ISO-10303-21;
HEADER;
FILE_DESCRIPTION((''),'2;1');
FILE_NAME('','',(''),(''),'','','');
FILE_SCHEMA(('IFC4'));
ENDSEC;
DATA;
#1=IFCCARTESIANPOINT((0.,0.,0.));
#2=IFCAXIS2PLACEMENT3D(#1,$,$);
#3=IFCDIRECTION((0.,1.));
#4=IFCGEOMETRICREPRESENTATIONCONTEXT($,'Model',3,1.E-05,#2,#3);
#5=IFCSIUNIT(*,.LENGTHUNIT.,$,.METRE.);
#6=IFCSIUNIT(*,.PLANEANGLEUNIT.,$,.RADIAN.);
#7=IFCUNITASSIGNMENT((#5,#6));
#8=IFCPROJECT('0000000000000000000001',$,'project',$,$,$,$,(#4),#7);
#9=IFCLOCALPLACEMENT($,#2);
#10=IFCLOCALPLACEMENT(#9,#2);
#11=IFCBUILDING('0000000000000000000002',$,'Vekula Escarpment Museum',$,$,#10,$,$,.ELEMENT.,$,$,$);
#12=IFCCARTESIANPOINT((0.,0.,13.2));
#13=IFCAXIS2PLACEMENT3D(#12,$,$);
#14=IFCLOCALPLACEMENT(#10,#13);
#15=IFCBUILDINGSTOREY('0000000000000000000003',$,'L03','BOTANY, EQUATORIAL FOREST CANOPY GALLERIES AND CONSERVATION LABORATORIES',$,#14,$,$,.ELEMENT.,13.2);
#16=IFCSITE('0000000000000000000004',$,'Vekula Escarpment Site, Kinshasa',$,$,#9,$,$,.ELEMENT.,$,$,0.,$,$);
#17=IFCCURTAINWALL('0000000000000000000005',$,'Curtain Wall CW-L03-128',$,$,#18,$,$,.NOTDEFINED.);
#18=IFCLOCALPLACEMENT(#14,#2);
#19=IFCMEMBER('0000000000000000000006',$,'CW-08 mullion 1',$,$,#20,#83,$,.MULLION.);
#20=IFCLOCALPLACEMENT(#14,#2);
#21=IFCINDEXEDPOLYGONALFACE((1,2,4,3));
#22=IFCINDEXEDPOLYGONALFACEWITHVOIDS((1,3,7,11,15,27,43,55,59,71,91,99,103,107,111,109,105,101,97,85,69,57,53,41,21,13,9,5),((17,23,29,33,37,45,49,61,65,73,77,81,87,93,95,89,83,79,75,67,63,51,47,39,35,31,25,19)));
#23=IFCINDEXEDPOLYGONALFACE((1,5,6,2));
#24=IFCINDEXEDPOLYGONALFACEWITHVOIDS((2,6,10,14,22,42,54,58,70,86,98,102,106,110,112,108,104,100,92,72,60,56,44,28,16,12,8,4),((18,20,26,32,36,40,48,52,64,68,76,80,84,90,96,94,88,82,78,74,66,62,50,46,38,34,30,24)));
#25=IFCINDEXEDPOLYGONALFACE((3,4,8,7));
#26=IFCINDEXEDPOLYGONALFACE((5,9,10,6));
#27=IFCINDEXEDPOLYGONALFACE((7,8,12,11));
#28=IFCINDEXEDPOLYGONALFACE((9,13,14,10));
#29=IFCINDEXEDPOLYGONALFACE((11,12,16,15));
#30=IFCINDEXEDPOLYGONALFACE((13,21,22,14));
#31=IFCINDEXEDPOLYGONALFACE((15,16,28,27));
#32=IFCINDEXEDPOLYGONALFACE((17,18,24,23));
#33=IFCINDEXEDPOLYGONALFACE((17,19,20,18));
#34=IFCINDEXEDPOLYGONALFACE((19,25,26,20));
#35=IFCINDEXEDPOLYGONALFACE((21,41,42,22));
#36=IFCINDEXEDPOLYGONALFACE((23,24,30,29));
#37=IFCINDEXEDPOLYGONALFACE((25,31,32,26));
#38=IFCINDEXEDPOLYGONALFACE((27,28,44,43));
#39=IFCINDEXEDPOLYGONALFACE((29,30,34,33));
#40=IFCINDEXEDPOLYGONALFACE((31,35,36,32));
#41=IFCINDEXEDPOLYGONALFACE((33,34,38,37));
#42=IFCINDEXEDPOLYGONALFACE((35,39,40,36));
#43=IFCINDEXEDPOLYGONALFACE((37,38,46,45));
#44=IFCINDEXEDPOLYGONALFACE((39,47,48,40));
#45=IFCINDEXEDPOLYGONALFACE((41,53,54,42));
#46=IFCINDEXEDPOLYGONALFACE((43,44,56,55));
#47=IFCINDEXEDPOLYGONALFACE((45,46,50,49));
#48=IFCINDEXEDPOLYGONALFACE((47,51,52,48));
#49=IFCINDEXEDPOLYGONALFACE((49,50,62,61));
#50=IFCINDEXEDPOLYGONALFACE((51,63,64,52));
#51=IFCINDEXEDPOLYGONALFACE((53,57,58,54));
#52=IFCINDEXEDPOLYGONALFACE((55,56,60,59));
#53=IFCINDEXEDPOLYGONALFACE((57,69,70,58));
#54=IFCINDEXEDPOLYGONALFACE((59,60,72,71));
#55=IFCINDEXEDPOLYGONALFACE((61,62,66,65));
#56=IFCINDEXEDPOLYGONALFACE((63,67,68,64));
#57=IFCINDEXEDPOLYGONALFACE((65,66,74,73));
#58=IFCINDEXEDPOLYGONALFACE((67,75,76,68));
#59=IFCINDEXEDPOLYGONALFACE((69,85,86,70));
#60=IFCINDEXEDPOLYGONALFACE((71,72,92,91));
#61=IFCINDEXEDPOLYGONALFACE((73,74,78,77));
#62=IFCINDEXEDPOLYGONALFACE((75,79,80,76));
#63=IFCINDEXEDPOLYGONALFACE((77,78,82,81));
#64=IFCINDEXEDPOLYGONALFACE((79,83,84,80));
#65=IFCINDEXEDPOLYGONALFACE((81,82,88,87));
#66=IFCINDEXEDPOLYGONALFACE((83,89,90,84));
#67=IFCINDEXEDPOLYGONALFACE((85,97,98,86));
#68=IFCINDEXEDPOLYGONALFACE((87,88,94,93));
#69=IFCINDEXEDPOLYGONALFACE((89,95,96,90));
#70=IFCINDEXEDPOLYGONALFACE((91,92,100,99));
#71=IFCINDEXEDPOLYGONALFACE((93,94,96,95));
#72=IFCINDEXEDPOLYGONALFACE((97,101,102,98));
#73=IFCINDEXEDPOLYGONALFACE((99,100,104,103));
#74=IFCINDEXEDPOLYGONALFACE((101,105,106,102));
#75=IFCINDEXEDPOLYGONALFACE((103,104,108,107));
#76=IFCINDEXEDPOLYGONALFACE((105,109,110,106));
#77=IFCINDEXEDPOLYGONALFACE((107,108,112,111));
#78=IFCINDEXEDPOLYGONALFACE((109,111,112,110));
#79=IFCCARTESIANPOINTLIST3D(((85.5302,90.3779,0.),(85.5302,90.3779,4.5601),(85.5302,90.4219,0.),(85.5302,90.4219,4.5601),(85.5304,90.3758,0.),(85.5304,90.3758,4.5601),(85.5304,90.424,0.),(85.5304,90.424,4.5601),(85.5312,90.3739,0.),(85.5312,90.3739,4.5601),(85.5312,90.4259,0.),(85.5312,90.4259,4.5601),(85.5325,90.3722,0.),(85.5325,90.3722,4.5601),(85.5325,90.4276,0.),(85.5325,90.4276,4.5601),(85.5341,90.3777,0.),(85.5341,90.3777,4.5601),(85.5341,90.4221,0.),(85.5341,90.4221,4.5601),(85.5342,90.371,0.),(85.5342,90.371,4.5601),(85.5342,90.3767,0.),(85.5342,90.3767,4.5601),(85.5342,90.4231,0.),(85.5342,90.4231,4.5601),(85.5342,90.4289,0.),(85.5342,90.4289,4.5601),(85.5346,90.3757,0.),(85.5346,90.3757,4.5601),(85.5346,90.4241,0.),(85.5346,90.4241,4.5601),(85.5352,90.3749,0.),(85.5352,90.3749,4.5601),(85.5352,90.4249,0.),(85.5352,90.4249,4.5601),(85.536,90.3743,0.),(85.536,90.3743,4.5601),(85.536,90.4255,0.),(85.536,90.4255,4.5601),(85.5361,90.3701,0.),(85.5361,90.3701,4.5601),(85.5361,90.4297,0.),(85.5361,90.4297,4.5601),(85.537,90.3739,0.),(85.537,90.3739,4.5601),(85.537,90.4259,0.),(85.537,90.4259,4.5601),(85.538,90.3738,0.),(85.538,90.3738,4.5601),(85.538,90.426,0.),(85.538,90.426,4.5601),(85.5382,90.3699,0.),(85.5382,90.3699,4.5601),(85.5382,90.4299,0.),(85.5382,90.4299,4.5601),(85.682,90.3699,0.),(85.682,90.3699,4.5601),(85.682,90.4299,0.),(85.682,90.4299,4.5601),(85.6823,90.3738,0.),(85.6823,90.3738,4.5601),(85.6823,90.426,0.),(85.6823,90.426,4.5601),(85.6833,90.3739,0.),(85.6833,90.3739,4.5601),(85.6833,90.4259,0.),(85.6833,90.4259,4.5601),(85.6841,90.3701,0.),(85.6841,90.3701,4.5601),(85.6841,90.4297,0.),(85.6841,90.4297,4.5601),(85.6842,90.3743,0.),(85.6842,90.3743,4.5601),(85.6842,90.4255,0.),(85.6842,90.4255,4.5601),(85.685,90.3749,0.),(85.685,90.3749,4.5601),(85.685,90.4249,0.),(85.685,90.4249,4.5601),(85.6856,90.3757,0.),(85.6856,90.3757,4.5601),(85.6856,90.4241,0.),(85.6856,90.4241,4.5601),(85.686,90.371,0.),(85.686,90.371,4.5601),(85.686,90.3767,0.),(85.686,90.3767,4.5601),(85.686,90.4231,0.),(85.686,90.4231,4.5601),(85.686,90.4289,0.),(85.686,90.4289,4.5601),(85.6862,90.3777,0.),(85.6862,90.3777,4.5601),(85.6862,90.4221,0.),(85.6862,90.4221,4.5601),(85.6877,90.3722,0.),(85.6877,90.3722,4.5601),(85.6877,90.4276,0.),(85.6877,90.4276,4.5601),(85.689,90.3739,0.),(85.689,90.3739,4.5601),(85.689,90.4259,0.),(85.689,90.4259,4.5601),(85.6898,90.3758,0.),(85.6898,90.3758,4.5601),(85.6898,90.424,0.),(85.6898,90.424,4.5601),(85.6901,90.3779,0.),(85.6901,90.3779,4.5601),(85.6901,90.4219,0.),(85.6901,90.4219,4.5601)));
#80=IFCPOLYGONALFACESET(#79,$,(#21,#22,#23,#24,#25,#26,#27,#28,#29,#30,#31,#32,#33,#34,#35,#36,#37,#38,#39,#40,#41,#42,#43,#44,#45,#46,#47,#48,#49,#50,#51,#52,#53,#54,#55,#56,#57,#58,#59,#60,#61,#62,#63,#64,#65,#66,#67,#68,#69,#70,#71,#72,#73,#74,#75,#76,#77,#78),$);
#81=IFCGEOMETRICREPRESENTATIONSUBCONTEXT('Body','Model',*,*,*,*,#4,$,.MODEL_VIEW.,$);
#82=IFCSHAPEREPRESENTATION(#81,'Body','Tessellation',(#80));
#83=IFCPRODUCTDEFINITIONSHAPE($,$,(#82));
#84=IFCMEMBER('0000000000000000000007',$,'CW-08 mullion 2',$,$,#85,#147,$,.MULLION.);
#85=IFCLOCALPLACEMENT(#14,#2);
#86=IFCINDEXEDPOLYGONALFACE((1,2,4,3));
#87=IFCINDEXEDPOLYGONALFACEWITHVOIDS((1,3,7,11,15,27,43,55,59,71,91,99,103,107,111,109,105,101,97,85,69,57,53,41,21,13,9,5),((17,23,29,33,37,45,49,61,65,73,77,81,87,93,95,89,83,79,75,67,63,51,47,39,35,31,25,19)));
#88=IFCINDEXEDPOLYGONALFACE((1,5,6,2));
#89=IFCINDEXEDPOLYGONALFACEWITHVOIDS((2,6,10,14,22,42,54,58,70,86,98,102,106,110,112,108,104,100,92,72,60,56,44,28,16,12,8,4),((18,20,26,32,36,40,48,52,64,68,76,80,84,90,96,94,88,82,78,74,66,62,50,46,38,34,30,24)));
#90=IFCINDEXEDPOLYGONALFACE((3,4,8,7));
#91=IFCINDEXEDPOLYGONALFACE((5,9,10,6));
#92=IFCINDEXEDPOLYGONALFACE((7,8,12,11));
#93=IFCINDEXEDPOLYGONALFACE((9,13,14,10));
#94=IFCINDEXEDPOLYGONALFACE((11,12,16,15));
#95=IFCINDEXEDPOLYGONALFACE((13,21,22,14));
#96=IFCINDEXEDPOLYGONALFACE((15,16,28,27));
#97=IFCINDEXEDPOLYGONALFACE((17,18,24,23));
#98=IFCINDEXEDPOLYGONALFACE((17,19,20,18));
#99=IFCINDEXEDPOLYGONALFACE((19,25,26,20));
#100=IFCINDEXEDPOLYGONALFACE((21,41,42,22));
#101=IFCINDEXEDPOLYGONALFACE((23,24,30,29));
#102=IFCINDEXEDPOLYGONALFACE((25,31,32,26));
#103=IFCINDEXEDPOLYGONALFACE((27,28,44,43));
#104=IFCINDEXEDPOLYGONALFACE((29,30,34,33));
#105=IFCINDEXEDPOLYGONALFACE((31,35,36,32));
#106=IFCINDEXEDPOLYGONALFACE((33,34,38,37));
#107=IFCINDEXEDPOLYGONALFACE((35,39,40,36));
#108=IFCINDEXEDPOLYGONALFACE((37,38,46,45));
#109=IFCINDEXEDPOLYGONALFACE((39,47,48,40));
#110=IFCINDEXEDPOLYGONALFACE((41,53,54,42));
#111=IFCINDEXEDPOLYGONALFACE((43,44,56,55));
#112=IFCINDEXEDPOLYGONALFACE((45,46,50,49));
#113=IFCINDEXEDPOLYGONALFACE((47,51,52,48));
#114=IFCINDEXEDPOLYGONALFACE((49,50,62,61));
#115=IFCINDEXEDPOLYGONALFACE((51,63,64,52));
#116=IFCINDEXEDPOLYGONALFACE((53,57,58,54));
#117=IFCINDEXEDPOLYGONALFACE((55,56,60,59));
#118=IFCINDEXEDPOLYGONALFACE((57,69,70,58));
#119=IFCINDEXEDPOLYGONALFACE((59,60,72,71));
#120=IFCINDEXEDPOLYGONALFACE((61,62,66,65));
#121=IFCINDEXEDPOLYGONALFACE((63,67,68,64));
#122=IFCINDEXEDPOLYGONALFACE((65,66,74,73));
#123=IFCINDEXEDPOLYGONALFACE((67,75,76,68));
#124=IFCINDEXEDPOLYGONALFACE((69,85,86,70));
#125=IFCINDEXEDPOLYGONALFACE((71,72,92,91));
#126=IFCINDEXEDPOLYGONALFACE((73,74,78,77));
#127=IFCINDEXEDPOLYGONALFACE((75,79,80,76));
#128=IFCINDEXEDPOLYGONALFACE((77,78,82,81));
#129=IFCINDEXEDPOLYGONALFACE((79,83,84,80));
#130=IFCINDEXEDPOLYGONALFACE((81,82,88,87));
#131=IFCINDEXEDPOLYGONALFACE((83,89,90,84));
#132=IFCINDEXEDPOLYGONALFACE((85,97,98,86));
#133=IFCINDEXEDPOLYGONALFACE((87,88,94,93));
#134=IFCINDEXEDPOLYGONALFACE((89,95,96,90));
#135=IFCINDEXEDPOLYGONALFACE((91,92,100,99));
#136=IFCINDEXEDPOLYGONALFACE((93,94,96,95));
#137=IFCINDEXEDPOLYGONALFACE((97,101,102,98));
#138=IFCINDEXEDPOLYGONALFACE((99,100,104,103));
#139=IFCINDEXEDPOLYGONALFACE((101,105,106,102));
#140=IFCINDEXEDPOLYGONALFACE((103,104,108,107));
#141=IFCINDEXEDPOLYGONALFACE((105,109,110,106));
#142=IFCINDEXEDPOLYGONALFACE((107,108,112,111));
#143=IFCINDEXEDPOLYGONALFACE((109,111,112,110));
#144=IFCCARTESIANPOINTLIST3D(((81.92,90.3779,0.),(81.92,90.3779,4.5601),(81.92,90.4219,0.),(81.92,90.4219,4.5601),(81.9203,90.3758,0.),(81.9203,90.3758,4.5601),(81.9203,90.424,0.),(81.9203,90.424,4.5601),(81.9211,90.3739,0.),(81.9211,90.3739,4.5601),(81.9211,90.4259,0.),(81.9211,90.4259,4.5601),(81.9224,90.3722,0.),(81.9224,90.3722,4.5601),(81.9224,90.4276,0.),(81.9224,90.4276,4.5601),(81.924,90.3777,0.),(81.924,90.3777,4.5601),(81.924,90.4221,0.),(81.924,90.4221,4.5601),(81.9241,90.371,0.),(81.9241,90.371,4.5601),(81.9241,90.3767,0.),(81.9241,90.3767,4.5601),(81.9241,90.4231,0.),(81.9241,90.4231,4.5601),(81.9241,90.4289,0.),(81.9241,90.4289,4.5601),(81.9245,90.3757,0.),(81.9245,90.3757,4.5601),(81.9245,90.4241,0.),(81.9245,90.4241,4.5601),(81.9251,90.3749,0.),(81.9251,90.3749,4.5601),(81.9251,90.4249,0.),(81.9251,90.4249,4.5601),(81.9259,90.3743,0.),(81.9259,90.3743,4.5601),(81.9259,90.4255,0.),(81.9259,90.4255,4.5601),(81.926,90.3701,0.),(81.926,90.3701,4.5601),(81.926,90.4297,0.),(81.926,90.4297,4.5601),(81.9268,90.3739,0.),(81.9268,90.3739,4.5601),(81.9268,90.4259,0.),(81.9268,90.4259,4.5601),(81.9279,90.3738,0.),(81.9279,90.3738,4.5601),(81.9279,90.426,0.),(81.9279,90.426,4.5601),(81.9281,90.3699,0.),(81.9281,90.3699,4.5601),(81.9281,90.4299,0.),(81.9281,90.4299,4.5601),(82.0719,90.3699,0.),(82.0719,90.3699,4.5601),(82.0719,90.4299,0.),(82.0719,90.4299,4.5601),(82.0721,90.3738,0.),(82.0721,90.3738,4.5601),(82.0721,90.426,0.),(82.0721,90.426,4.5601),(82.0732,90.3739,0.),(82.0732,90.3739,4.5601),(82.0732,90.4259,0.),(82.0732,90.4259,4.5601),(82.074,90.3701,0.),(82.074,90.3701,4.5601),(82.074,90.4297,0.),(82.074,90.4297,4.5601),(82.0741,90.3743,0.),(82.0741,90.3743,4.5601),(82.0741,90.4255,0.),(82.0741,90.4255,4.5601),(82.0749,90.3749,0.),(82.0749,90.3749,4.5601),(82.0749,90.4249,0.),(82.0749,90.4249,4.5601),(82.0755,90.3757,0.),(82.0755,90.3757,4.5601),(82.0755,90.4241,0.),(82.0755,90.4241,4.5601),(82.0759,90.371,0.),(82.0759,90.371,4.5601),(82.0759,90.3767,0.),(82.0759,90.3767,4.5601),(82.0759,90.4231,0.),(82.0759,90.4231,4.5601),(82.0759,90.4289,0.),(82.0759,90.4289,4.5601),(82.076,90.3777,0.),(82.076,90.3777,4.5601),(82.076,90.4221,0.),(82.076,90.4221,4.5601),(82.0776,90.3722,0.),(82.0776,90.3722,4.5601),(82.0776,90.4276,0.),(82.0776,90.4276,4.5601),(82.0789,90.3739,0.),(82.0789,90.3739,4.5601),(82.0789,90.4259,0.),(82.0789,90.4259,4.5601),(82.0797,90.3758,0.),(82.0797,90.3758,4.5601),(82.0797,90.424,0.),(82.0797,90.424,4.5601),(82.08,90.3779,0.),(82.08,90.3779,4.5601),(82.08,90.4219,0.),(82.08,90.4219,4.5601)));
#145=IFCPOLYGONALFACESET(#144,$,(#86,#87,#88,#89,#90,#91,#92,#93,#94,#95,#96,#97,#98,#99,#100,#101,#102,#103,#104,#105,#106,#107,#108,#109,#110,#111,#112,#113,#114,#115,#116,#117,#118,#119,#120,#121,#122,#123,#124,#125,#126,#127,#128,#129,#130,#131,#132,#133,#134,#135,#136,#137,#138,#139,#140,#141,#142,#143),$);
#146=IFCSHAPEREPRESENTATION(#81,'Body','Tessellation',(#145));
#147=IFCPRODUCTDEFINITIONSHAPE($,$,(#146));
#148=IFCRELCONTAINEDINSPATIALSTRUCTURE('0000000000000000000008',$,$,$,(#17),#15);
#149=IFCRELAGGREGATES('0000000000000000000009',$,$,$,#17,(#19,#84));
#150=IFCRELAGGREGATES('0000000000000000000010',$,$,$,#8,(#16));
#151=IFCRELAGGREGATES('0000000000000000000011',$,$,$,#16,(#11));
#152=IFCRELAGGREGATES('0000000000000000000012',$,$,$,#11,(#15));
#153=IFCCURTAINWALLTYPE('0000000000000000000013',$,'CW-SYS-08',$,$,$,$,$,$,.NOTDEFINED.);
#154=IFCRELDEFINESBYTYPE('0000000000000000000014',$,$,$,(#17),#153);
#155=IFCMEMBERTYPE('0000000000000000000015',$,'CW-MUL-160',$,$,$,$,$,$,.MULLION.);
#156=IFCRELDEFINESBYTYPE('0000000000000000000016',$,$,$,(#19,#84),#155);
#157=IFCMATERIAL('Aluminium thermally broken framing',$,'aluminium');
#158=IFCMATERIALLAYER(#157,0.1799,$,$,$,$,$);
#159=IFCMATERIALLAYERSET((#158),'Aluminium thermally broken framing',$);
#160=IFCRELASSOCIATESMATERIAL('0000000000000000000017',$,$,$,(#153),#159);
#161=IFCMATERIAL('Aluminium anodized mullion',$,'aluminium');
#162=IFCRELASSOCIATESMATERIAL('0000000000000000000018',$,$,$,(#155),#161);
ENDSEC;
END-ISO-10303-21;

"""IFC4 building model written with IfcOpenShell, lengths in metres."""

from ifc_helpers import new_model, si_unit, direction, frame, origin, origin_2d, place, context, subcontext, project, spatial, hollow_rectangle, extrude, material, layer, layer_set, material_profile, profile_set, type_object, element, aggregate, save


model = new_model("IFC4")

# Units and contexts
model_context = context("Model", 3, precision=1e-05, world=origin(), true_north=direction((0.0, 1.0)))
body_context = subcontext(model_context, "Body", "Model", "MODEL_VIEW")
ifc_project = project(units=[si_unit("LENGTHUNIT", "METRE"), si_unit("PLANEANGLEUNIT", "RADIAN")], contexts=[model_context])

# Site, building, storey
site_placement = place(None, origin())
site = spatial("IfcSite", under=ifc_project, at=site_placement, Name="Vekula Escarpment Site, Kinshasa", CompositionType="ELEMENT", RefElevation=0.0)
building_placement = place(site_placement, origin())
building = spatial("IfcBuilding", under=site, at=building_placement, Name="Vekula Escarpment Museum", CompositionType="ELEMENT")
storey_placement = place(building_placement, frame((0.0, 0.0, 13.2)))
storey = spatial("IfcBuildingStorey", under=building, at=storey_placement, Name="L03", Description="BOTANY, EQUATORIAL FOREST CANOPY GALLERIES AND CONSERVATION LABORATORIES", CompositionType="ELEMENT", Elevation=13.2)

# Curtain wall, members
ifc_material_1 = material(Name="Aluminium thermally broken framing", Category="aluminium")
ifc_layer_1 = layer(ifc_material_1, 0.1799)
ifc_layer_set_1 = layer_set([ifc_layer_1], Name="Aluminium thermally broken framing")
curtain_wall_type_1 = type_object("IfcCurtainWallType", Name="CW-SYS-08", PredefinedType="NOTDEFINED", material=ifc_layer_set_1)
curtain_wall_1_placement = place(storey_placement, origin())
curtain_wall_1 = element("IfcCurtainWall", 1, at=curtain_wall_1_placement, inside=storey, type_object=curtain_wall_type_1, Name="Curtain Wall CW-L03-128", PredefinedType="NOTDEFINED")
ifc_material_2 = material(Name="Aluminium anodized mullion", Category="aluminium")
ifc_material_profile_1 = material_profile(ifc_material_2, hollow_rectangle(XDim=0.0601, YDim=0.1599, WallThickness=0.0039, InnerFilletRadius=0.0039, OuterFilletRadius=0.0081, at=origin_2d()), Name="ALU 160x60x4")
ifc_profile_set_1 = profile_set([ifc_material_profile_1], Name="Aluminium anodized mullion")
member_type_1 = type_object("IfcMemberType", Name="CW-MUL-160", PredefinedType="MULLION", material=ifc_profile_set_1)
member_1_placement = place(storey_placement, frame((85.6101, 90.3999, 0.0), z_axis=(0.0, 0.0, 1.0), x_axis=(0.0, -1.0, 0.0)))
member_1 = element("IfcMember", 2, at=member_1_placement, type_object=member_type_1, Name="CW-08 mullion 1", PredefinedType="MULLION", context=body_context, shape_type="SweptSolid", body=[
    extrude(hollow_rectangle(XDim=0.0601, YDim=0.1599, WallThickness=0.0039, InnerFilletRadius=0.0039, OuterFilletRadius=0.0081, at=origin_2d()), origin(), (0.0, 0.0, 1.0), 4.5601),
])
member_2_placement = place(storey_placement, frame((82.0, 90.3999, 0.0), z_axis=(0.0, 0.0, 1.0), x_axis=(0.0, -1.0, 0.0)))
member_2 = element("IfcMember", 3, at=member_2_placement, type_object=member_type_1, Name="CW-08 mullion 2", PredefinedType="MULLION", context=body_context, shape_type="SweptSolid", body=[
    extrude(hollow_rectangle(XDim=0.0601, YDim=0.1599, WallThickness=0.0039, InnerFilletRadius=0.0039, OuterFilletRadius=0.0081, at=origin_2d()), origin(), (0.0, 0.0, 1.0), 4.5601),
])

aggregate(curtain_wall_1, [member_1, member_2])

save(model, "model.ifc")
